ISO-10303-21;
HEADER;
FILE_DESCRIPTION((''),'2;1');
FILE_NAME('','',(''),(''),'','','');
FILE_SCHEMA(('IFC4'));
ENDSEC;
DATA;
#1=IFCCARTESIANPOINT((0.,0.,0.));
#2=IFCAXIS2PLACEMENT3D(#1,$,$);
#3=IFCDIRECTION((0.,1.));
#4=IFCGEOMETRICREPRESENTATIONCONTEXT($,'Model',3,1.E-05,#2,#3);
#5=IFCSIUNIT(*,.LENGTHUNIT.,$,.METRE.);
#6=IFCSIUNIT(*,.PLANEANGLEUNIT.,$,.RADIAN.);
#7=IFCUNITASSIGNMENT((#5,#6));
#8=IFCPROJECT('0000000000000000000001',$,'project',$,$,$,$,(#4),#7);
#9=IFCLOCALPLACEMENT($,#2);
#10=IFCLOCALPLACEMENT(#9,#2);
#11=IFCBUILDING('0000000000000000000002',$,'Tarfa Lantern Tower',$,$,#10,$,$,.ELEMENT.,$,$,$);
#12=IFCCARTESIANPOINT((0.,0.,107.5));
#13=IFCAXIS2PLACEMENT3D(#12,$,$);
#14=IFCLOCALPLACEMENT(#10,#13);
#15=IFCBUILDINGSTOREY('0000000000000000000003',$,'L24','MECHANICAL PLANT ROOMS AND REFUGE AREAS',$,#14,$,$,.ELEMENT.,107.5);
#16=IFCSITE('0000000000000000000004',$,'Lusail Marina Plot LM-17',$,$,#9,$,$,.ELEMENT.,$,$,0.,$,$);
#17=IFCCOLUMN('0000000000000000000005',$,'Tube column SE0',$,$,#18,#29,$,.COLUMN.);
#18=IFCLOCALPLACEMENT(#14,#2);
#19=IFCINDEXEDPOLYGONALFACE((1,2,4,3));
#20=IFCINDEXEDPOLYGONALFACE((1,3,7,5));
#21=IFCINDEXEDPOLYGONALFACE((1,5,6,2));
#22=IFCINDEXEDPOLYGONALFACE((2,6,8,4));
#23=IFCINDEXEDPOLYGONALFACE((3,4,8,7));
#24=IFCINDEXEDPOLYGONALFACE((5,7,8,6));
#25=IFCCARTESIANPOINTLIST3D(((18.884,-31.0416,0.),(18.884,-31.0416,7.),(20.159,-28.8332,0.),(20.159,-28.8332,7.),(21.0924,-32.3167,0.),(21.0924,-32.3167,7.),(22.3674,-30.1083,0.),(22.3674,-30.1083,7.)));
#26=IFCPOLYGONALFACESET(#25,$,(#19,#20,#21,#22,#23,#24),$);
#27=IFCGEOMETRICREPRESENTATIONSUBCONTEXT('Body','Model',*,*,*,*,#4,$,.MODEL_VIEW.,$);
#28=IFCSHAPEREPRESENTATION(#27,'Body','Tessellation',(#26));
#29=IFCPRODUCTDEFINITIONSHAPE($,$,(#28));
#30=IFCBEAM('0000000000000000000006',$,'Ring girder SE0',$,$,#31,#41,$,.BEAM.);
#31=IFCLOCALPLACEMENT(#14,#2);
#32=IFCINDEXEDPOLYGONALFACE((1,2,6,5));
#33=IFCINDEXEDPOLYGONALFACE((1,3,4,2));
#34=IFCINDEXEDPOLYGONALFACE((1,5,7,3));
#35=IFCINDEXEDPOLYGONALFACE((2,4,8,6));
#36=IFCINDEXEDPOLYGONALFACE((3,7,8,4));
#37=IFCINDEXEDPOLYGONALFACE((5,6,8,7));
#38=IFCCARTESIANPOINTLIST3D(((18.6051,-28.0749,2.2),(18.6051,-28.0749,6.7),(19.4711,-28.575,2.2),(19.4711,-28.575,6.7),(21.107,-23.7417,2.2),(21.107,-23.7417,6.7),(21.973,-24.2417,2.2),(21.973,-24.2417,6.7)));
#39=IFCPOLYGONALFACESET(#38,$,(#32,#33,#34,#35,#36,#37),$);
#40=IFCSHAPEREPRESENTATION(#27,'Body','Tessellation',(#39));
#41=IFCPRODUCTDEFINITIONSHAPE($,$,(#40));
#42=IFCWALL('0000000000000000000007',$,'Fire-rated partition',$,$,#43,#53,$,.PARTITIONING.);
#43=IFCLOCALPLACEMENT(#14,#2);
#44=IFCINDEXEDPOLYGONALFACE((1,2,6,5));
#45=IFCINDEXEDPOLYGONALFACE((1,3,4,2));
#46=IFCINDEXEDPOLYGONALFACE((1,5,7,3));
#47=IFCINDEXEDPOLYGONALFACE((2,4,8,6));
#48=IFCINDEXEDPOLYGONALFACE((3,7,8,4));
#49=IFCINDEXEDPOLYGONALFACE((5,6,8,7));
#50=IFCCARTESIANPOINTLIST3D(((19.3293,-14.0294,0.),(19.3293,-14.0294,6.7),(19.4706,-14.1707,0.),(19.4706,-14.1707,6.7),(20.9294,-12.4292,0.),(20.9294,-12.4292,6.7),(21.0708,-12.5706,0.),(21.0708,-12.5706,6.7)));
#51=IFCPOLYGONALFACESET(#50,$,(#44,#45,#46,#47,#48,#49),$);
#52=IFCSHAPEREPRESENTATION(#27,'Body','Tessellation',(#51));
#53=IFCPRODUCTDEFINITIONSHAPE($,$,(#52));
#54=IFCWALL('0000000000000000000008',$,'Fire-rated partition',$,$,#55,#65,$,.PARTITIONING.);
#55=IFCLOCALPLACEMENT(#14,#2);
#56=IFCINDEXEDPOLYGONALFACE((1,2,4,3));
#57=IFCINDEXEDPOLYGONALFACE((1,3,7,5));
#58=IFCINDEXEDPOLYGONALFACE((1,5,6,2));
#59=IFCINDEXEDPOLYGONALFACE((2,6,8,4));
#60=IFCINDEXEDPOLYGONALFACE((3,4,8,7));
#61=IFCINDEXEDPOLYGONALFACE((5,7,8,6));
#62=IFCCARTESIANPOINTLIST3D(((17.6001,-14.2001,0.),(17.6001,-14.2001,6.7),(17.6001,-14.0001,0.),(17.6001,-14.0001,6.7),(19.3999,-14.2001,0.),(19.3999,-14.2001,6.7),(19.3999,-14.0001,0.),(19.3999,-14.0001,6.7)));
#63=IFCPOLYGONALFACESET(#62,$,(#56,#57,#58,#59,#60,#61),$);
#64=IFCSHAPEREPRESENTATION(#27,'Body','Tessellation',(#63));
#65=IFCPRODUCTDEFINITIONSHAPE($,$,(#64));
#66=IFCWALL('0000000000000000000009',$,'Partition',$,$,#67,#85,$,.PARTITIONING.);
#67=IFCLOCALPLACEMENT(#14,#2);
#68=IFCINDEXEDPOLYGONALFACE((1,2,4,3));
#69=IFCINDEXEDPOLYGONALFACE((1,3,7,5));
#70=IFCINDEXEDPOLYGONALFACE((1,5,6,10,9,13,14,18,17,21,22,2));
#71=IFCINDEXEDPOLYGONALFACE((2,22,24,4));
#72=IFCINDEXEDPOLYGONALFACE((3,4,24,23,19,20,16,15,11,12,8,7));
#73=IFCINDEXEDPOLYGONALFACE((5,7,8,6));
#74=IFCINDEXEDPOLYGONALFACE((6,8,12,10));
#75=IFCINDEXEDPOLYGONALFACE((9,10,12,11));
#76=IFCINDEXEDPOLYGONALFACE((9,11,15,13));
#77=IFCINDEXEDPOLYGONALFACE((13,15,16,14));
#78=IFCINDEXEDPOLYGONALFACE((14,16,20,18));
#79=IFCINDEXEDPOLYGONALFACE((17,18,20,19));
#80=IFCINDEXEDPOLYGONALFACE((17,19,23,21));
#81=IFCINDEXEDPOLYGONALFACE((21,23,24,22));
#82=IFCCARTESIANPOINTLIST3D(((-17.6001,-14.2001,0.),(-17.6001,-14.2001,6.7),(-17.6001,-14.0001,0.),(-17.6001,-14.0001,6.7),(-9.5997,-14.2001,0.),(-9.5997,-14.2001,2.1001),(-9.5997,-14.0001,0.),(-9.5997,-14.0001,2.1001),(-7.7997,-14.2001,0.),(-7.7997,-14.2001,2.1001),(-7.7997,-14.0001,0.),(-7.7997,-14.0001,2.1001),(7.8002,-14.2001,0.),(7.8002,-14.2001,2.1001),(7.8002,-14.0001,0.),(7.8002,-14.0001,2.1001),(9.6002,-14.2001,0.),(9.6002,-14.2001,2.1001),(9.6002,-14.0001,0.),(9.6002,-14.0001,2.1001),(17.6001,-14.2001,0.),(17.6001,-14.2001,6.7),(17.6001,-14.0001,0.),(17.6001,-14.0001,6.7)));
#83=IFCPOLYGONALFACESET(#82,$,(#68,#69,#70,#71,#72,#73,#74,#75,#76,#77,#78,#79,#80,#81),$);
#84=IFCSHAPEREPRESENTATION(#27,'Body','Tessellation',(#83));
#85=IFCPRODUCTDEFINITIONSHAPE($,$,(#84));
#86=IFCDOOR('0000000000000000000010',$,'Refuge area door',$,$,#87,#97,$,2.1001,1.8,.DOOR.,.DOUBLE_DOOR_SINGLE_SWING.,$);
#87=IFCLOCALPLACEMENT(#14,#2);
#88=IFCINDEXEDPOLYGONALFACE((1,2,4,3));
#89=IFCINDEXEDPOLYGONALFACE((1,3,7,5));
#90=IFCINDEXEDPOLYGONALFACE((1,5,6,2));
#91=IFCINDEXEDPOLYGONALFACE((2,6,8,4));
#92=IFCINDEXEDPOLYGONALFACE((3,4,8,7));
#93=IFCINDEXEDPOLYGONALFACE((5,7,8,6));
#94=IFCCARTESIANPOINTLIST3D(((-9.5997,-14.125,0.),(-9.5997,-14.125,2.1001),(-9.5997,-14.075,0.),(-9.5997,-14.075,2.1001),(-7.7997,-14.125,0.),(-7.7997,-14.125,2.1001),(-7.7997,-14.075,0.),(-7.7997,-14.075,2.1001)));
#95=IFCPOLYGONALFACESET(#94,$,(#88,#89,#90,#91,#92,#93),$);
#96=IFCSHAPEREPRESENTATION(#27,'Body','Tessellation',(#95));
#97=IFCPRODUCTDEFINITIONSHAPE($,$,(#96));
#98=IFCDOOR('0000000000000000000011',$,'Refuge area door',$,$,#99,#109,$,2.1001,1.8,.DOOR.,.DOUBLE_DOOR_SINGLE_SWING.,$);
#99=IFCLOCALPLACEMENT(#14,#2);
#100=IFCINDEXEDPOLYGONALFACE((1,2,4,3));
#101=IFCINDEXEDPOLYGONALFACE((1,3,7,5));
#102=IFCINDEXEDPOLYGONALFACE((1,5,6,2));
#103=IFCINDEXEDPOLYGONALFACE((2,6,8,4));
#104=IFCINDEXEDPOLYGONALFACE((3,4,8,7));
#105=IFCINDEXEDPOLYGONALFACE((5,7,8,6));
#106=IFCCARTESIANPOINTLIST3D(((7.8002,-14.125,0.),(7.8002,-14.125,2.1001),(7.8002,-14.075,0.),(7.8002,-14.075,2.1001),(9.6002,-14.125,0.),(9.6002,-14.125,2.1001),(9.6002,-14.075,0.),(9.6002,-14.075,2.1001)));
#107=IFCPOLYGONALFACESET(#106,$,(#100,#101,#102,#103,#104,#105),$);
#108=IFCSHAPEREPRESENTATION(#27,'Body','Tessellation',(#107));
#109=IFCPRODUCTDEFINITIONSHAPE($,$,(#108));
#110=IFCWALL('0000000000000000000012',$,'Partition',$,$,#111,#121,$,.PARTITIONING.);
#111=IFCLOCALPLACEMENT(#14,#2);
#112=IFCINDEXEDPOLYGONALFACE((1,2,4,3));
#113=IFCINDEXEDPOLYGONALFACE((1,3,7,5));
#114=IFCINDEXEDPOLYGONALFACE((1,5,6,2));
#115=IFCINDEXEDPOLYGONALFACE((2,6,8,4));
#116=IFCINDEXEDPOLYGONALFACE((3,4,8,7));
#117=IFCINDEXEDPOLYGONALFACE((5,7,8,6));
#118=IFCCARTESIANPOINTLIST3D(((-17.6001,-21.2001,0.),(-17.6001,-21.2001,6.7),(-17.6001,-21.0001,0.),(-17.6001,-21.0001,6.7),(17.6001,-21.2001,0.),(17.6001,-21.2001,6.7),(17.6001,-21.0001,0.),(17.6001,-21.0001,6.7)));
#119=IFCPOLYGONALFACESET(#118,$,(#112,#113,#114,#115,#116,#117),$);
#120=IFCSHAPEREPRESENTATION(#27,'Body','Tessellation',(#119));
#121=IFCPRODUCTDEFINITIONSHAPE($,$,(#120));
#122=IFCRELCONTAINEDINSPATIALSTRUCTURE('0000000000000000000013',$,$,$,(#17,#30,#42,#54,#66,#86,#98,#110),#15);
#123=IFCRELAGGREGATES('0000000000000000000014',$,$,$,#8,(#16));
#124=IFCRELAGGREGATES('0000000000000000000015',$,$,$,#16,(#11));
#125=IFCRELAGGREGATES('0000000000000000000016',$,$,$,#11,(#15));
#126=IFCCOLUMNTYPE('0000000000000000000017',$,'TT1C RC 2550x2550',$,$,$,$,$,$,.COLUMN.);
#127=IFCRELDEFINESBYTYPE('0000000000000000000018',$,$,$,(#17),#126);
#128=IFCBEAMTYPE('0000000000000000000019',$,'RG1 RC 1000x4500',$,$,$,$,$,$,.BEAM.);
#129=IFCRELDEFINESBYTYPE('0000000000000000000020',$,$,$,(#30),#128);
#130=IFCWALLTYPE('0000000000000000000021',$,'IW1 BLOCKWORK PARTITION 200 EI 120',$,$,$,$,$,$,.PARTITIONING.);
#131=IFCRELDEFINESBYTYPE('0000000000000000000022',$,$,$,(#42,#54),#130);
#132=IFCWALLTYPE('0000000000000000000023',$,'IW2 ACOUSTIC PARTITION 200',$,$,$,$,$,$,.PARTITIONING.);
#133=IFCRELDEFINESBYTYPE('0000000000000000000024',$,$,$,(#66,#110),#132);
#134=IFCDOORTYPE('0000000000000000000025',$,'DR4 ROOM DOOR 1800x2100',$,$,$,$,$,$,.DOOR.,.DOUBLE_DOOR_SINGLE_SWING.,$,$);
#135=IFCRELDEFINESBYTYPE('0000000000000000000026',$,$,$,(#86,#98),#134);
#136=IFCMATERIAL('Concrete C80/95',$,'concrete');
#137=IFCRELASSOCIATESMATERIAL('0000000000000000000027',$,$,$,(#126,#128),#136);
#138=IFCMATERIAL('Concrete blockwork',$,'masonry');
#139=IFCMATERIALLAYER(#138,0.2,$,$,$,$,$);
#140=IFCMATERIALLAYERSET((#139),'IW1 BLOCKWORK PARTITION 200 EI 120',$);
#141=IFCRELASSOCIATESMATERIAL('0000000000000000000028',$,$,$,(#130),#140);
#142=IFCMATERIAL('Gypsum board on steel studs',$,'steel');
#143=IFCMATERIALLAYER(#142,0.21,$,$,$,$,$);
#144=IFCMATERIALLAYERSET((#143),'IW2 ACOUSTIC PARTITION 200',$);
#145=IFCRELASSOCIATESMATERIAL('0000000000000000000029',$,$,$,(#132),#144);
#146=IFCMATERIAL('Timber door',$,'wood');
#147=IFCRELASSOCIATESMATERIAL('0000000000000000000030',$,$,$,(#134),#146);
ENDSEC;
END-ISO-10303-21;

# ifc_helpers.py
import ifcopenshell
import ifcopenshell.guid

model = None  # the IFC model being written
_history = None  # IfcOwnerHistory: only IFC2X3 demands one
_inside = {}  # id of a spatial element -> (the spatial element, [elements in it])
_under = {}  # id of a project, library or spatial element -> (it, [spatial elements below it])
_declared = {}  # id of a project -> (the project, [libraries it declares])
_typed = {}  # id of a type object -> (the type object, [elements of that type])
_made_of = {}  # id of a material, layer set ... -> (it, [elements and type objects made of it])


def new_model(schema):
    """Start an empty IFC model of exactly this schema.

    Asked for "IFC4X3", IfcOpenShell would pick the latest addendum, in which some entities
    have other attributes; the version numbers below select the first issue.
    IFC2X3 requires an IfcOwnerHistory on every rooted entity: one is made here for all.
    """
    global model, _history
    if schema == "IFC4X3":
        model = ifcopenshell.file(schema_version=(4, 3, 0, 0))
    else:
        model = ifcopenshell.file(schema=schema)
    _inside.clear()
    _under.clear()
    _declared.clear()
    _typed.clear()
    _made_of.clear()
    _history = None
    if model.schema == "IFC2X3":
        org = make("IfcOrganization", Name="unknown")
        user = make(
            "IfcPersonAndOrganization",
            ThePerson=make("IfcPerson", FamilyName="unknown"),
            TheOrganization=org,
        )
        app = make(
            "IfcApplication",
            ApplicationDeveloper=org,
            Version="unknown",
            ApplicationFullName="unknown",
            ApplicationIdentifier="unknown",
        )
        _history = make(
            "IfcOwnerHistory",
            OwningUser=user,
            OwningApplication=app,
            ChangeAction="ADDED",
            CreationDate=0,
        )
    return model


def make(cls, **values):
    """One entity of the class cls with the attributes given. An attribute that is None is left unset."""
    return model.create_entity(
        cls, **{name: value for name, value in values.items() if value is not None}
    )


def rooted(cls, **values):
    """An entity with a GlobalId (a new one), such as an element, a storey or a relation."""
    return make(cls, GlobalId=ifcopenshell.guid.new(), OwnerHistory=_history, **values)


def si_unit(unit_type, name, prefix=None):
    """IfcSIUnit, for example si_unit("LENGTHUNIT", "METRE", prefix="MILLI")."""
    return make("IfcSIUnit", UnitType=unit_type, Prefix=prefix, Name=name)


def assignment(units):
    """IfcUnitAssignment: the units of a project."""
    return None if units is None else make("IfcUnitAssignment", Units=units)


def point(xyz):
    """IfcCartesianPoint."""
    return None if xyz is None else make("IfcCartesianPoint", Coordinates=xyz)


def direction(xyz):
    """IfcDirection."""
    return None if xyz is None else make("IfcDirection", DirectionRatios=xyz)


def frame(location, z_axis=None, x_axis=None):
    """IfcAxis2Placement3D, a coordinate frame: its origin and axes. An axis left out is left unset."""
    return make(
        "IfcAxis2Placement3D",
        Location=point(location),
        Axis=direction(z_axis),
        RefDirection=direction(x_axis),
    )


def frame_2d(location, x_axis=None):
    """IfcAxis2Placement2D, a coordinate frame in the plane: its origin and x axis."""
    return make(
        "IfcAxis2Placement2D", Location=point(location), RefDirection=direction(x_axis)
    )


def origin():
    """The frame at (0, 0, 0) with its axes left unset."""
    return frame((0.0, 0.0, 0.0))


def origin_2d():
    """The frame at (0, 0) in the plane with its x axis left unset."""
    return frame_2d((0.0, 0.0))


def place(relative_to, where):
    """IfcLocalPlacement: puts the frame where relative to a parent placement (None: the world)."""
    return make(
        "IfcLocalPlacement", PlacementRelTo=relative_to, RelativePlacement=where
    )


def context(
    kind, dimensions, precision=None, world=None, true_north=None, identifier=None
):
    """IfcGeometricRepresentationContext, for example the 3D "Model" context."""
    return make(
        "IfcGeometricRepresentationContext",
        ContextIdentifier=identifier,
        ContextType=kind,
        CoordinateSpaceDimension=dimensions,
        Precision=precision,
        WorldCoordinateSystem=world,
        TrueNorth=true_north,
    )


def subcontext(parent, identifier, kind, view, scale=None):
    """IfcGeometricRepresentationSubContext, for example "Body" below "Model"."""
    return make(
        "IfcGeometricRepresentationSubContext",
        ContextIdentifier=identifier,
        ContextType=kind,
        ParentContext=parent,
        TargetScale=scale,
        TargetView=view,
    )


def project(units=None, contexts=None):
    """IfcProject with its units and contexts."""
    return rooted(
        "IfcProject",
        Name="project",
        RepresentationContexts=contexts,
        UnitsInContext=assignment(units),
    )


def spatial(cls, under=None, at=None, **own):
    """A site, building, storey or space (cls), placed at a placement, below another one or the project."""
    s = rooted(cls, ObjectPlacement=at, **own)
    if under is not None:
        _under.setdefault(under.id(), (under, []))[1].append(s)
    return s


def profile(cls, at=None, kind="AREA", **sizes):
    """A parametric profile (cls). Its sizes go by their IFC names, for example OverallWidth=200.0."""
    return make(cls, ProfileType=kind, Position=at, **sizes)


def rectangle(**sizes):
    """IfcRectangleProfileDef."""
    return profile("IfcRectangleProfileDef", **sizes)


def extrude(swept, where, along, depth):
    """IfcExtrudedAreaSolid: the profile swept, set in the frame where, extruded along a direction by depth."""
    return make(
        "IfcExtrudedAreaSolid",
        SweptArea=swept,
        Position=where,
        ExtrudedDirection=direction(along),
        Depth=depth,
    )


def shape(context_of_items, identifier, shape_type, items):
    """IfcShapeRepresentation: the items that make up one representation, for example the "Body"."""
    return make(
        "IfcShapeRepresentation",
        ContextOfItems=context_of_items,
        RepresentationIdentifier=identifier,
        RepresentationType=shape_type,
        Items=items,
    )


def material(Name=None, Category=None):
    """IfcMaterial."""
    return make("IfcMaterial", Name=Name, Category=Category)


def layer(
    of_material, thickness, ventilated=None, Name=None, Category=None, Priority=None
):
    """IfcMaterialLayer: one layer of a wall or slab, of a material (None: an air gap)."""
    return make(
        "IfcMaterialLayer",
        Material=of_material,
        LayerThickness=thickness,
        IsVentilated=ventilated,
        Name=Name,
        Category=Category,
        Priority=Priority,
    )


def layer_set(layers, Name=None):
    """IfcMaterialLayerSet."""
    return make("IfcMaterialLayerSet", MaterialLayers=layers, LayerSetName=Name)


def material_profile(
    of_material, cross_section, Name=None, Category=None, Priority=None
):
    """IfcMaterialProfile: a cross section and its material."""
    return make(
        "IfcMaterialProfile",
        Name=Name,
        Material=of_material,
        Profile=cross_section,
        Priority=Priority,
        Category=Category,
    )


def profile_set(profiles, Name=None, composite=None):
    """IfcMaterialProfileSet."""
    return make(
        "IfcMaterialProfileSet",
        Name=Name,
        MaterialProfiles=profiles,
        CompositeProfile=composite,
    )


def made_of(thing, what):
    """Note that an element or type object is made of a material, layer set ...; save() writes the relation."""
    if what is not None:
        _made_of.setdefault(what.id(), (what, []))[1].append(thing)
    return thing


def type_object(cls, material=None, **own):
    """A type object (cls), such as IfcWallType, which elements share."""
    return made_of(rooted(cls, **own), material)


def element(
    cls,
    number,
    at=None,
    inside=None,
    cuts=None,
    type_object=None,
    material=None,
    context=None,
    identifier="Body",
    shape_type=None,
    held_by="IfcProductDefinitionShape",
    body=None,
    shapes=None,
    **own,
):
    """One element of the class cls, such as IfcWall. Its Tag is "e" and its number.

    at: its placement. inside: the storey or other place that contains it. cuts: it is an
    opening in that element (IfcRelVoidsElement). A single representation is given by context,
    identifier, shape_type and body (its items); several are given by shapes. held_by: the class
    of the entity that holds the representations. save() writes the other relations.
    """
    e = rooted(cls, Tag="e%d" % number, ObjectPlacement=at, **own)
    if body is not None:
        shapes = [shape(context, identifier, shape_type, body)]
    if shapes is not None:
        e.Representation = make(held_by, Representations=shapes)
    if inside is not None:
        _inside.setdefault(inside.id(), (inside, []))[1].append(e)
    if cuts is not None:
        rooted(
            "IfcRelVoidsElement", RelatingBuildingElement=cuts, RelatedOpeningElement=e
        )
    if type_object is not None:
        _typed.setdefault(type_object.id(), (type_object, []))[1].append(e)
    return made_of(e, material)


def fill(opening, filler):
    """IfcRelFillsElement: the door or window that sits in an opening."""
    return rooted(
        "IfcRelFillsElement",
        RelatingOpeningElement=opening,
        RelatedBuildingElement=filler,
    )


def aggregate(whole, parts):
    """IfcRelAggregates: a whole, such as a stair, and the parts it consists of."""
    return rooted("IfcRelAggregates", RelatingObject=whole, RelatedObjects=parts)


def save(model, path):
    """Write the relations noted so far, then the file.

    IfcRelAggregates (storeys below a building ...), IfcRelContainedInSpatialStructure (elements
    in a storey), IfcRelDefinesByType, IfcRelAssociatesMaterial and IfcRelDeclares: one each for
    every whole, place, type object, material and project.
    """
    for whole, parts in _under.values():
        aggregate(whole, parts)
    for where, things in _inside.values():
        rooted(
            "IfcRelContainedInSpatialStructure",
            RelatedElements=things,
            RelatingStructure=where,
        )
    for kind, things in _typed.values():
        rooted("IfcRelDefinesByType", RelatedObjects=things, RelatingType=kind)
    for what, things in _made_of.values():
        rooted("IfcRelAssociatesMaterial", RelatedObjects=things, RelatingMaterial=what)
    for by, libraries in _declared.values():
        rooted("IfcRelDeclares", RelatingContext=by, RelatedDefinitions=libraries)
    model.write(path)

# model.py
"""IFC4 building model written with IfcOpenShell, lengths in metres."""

from ifc_helpers import new_model, si_unit, direction, frame, frame_2d, origin, origin_2d, place, context, subcontext, project, spatial, rectangle, extrude, material, layer, layer_set, material_profile, profile_set, type_object, element, fill, save


model = new_model("IFC4")

# Units and contexts
model_context = context("Model", 3, precision=1e-05, world=origin(), true_north=direction((0.0, 1.0)))
body_context = subcontext(model_context, "Body", "Model", "MODEL_VIEW")
ifc_project = project(units=[si_unit("LENGTHUNIT", "METRE"), si_unit("PLANEANGLEUNIT", "RADIAN")], contexts=[model_context])

# Site, building, storey
site_placement = place(None, origin())
site = spatial("IfcSite", under=ifc_project, at=site_placement, Name="Lusail Marina Plot LM-17", CompositionType="ELEMENT", RefElevation=0.0)
building_placement = place(site_placement, origin())
building = spatial("IfcBuilding", under=site, at=building_placement, Name="Tarfa Lantern Tower", CompositionType="ELEMENT")
storey_placement = place(building_placement, frame((0.0, 0.0, 107.5)))
storey = spatial("IfcBuildingStorey", under=building, at=storey_placement, Name="L24", Description="MECHANICAL PLANT ROOMS AND REFUGE AREAS", CompositionType="ELEMENT", Elevation=107.5)

# Column
ifc_material_1 = material(Name="Concrete C80/95", Category="concrete")
ifc_material_profile_1 = material_profile(ifc_material_1, rectangle(XDim=2.55, YDim=2.55, at=origin_2d()), Name="RC 2550x2550")
ifc_profile_set_1 = profile_set([ifc_material_profile_1], Name="Concrete C80/95")
column_type = type_object("IfcColumnType", Name="TT1C RC 2550x2550", PredefinedType="COLUMN", material=ifc_profile_set_1)
column_placement = place(storey_placement, frame((20.6257, -30.575, 0.0), z_axis=(0.0, 0.0, 1.0), x_axis=(0.5, 0.866025, 0.0)))
element("IfcColumn", 1, at=column_placement, inside=storey, type_object=column_type, Name="Tube column SE0", PredefinedType="COLUMN", context=body_context, shape_type="SweptSolid", body=[
    extrude(rectangle(XDim=2.55, YDim=2.55, at=origin_2d()), origin(), (0.0, 0.0, 1.0), 7.0),
])

# Beam
ifc_material_profile_2 = material_profile(ifc_material_1, rectangle(XDim=1.0, YDim=4.5, at=origin_2d()), Name="RC 1000x4500")
ifc_profile_set_2 = profile_set([ifc_material_profile_2], Name="Concrete C80/95")
beam_type = type_object("IfcBeamType", Name="RG1 RC 1000x4500", PredefinedType="BEAM", material=ifc_profile_set_2)
beam_placement = place(storey_placement, frame((19.0381, -28.325, 4.45), z_axis=(0.500022, 0.866013, 0.0), x_axis=(-0.866013, 0.500022, 0.0)))
element("IfcBeam", 2, at=beam_placement, inside=storey, type_object=beam_type, Name="Ring girder SE0", PredefinedType="BEAM", context=body_context, shape_type="SweptSolid", body=[
    extrude(rectangle(XDim=1.0, YDim=4.5, at=origin_2d()), origin(), (0.0, 0.0, 1.0), 5.0037),
])

# Walls
ifc_material_2 = material(Name="Concrete blockwork", Category="masonry")
ifc_layer_1 = layer(ifc_material_2, 0.2)
ifc_layer_set_1 = layer_set([ifc_layer_1], Name="IW1 BLOCKWORK PARTITION 200 EI 120")
wall_type_1 = type_object("IfcWallType", Name="IW1 BLOCKWORK PARTITION 200 EI 120", PredefinedType="PARTITIONING", material=ifc_layer_set_1)
wall_1_placement = place(storey_placement, frame((21.0, -12.5, 0.0), z_axis=(0.0, 0.0, 1.0), x_axis=(-0.707107, -0.707107, 0.0)))
element("IfcWall", 3, at=wall_1_placement, inside=storey, type_object=wall_type_1, Name="Fire-rated partition", PredefinedType="PARTITIONING", context=body_context, shape_type="SweptSolid", body=[
    extrude(rectangle(XDim=2.2629, YDim=0.2, at=frame_2d((1.1313, 0.0))), origin(), (0.0, 0.0, 1.0), 6.7),
])
wall_2_placement = place(storey_placement, frame((19.3999, -14.1001, 0.0), z_axis=(0.0, 0.0, 1.0), x_axis=(-1.0, 0.0, 0.0)))
element("IfcWall", 4, at=wall_2_placement, inside=storey, type_object=wall_type_1, Name="Fire-rated partition", PredefinedType="PARTITIONING", context=body_context, shape_type="SweptSolid", body=[
    extrude(rectangle(XDim=1.7998, YDim=0.2, at=frame_2d((0.8999, 0.0))), origin(), (0.0, 0.0, 1.0), 6.7),
])

# Wall, openings, doors
ifc_material_3 = material(Name="Gypsum board on steel studs", Category="steel")
ifc_layer_2 = layer(ifc_material_3, 0.21)
ifc_layer_set_2 = layer_set([ifc_layer_2], Name="IW2 ACOUSTIC PARTITION 200")
wall_type_2 = type_object("IfcWallType", Name="IW2 ACOUSTIC PARTITION 200", PredefinedType="PARTITIONING", material=ifc_layer_set_2)
wall_3_placement = place(storey_placement, frame((17.6001, -14.1001, 0.0), z_axis=(0.0, 0.0, 1.0), x_axis=(-1.0, 0.0, 0.0)))
wall_3 = element("IfcWall", 5, at=wall_3_placement, inside=storey, type_object=wall_type_2, Name="Partition", PredefinedType="PARTITIONING", context=body_context, shape_type="SweptSolid", body=[
    extrude(rectangle(XDim=35.2002, YDim=0.2, at=frame_2d((17.6001, 0.0))), origin(), (0.0, 0.0, 1.0), 6.7),
])
opening_1_placement = place(wall_3_placement, frame((25.3999, 0.0, 0.0)))
opening_1 = element("IfcOpeningElement", 6, at=opening_1_placement, cuts=wall_3, PredefinedType="OPENING", context=body_context, shape_type="SweptSolid", body=[
    extrude(rectangle(XDim=1.8, YDim=2.1001, at=frame_2d((0.8999, 1.05))), frame((0.0, 0.1099, 0.0), z_axis=(0.0, -1.0, 0.0), x_axis=(1.0, 0.0, 0.0)), (0.0, 0.0, 1.0), 0.22),
])
opening_2_placement = place(wall_3_placement, frame((8.0, 0.0, 0.0)))
opening_2 = element("IfcOpeningElement", 7, at=opening_2_placement, cuts=wall_3, PredefinedType="OPENING", context=body_context, shape_type="SweptSolid", body=[
    extrude(rectangle(XDim=1.8, YDim=2.1001, at=frame_2d((0.8999, 1.05))), frame((0.0, 0.1099, 0.0), z_axis=(0.0, -1.0, 0.0), x_axis=(1.0, 0.0, 0.0)), (0.0, 0.0, 1.0), 0.22),
])
ifc_material_4 = material(Name="Timber door", Category="wood")
door_type_1 = type_object("IfcDoorType", Name="DR4 ROOM DOOR 1800x2100", OperationType="DOUBLE_DOOR_SINGLE_SWING", PredefinedType="DOOR", material=ifc_material_4)
door_1_placement = place(opening_1_placement, origin())
door_1 = element("IfcDoor", 8, at=door_1_placement, inside=storey, type_object=door_type_1, Name="Refuge area door", OperationType="DOUBLE_DOOR_SINGLE_SWING", OverallHeight=2.1001, OverallWidth=1.8, PredefinedType="DOOR", context=body_context, shape_type="SweptSolid", body=[
    extrude(rectangle(XDim=1.8, YDim=2.1001, at=frame_2d((0.8999, 1.05))), frame((0.0, 0.0249, 0.0), z_axis=(0.0, -1.0, 0.0), x_axis=(1.0, 0.0, 0.0)), (0.0, 0.0, 1.0), 0.05),
])
fill(opening_1, door_1)
door_2_placement = place(opening_2_placement, origin())
door_2 = element("IfcDoor", 9, at=door_2_placement, inside=storey, type_object=door_type_1, Name="Refuge area door", OperationType="DOUBLE_DOOR_SINGLE_SWING", OverallHeight=2.1001, OverallWidth=1.8, PredefinedType="DOOR", context=body_context, shape_type="SweptSolid", body=[
    extrude(rectangle(XDim=1.8, YDim=2.1001, at=frame_2d((0.8999, 1.05))), frame((0.0, 0.0249, 0.0), z_axis=(0.0, -1.0, 0.0), x_axis=(1.0, 0.0, 0.0)), (0.0, 0.0, 1.0), 0.05),
])
fill(opening_2, door_2)

# Wall
wall_4_placement = place(storey_placement, frame((17.6001, -21.1001, 0.0), z_axis=(0.0, 0.0, 1.0), x_axis=(-1.0, 0.0, 0.0)))
element("IfcWall", 10, at=wall_4_placement, inside=storey, type_object=wall_type_2, Name="Partition", PredefinedType="PARTITIONING", context=body_context, shape_type="SweptSolid", body=[
    extrude(rectangle(XDim=35.2002, YDim=0.2, at=frame_2d((17.6001, 0.0))), origin(), (0.0, 0.0, 1.0), 6.7),
])

save(model, "model.ifc")
